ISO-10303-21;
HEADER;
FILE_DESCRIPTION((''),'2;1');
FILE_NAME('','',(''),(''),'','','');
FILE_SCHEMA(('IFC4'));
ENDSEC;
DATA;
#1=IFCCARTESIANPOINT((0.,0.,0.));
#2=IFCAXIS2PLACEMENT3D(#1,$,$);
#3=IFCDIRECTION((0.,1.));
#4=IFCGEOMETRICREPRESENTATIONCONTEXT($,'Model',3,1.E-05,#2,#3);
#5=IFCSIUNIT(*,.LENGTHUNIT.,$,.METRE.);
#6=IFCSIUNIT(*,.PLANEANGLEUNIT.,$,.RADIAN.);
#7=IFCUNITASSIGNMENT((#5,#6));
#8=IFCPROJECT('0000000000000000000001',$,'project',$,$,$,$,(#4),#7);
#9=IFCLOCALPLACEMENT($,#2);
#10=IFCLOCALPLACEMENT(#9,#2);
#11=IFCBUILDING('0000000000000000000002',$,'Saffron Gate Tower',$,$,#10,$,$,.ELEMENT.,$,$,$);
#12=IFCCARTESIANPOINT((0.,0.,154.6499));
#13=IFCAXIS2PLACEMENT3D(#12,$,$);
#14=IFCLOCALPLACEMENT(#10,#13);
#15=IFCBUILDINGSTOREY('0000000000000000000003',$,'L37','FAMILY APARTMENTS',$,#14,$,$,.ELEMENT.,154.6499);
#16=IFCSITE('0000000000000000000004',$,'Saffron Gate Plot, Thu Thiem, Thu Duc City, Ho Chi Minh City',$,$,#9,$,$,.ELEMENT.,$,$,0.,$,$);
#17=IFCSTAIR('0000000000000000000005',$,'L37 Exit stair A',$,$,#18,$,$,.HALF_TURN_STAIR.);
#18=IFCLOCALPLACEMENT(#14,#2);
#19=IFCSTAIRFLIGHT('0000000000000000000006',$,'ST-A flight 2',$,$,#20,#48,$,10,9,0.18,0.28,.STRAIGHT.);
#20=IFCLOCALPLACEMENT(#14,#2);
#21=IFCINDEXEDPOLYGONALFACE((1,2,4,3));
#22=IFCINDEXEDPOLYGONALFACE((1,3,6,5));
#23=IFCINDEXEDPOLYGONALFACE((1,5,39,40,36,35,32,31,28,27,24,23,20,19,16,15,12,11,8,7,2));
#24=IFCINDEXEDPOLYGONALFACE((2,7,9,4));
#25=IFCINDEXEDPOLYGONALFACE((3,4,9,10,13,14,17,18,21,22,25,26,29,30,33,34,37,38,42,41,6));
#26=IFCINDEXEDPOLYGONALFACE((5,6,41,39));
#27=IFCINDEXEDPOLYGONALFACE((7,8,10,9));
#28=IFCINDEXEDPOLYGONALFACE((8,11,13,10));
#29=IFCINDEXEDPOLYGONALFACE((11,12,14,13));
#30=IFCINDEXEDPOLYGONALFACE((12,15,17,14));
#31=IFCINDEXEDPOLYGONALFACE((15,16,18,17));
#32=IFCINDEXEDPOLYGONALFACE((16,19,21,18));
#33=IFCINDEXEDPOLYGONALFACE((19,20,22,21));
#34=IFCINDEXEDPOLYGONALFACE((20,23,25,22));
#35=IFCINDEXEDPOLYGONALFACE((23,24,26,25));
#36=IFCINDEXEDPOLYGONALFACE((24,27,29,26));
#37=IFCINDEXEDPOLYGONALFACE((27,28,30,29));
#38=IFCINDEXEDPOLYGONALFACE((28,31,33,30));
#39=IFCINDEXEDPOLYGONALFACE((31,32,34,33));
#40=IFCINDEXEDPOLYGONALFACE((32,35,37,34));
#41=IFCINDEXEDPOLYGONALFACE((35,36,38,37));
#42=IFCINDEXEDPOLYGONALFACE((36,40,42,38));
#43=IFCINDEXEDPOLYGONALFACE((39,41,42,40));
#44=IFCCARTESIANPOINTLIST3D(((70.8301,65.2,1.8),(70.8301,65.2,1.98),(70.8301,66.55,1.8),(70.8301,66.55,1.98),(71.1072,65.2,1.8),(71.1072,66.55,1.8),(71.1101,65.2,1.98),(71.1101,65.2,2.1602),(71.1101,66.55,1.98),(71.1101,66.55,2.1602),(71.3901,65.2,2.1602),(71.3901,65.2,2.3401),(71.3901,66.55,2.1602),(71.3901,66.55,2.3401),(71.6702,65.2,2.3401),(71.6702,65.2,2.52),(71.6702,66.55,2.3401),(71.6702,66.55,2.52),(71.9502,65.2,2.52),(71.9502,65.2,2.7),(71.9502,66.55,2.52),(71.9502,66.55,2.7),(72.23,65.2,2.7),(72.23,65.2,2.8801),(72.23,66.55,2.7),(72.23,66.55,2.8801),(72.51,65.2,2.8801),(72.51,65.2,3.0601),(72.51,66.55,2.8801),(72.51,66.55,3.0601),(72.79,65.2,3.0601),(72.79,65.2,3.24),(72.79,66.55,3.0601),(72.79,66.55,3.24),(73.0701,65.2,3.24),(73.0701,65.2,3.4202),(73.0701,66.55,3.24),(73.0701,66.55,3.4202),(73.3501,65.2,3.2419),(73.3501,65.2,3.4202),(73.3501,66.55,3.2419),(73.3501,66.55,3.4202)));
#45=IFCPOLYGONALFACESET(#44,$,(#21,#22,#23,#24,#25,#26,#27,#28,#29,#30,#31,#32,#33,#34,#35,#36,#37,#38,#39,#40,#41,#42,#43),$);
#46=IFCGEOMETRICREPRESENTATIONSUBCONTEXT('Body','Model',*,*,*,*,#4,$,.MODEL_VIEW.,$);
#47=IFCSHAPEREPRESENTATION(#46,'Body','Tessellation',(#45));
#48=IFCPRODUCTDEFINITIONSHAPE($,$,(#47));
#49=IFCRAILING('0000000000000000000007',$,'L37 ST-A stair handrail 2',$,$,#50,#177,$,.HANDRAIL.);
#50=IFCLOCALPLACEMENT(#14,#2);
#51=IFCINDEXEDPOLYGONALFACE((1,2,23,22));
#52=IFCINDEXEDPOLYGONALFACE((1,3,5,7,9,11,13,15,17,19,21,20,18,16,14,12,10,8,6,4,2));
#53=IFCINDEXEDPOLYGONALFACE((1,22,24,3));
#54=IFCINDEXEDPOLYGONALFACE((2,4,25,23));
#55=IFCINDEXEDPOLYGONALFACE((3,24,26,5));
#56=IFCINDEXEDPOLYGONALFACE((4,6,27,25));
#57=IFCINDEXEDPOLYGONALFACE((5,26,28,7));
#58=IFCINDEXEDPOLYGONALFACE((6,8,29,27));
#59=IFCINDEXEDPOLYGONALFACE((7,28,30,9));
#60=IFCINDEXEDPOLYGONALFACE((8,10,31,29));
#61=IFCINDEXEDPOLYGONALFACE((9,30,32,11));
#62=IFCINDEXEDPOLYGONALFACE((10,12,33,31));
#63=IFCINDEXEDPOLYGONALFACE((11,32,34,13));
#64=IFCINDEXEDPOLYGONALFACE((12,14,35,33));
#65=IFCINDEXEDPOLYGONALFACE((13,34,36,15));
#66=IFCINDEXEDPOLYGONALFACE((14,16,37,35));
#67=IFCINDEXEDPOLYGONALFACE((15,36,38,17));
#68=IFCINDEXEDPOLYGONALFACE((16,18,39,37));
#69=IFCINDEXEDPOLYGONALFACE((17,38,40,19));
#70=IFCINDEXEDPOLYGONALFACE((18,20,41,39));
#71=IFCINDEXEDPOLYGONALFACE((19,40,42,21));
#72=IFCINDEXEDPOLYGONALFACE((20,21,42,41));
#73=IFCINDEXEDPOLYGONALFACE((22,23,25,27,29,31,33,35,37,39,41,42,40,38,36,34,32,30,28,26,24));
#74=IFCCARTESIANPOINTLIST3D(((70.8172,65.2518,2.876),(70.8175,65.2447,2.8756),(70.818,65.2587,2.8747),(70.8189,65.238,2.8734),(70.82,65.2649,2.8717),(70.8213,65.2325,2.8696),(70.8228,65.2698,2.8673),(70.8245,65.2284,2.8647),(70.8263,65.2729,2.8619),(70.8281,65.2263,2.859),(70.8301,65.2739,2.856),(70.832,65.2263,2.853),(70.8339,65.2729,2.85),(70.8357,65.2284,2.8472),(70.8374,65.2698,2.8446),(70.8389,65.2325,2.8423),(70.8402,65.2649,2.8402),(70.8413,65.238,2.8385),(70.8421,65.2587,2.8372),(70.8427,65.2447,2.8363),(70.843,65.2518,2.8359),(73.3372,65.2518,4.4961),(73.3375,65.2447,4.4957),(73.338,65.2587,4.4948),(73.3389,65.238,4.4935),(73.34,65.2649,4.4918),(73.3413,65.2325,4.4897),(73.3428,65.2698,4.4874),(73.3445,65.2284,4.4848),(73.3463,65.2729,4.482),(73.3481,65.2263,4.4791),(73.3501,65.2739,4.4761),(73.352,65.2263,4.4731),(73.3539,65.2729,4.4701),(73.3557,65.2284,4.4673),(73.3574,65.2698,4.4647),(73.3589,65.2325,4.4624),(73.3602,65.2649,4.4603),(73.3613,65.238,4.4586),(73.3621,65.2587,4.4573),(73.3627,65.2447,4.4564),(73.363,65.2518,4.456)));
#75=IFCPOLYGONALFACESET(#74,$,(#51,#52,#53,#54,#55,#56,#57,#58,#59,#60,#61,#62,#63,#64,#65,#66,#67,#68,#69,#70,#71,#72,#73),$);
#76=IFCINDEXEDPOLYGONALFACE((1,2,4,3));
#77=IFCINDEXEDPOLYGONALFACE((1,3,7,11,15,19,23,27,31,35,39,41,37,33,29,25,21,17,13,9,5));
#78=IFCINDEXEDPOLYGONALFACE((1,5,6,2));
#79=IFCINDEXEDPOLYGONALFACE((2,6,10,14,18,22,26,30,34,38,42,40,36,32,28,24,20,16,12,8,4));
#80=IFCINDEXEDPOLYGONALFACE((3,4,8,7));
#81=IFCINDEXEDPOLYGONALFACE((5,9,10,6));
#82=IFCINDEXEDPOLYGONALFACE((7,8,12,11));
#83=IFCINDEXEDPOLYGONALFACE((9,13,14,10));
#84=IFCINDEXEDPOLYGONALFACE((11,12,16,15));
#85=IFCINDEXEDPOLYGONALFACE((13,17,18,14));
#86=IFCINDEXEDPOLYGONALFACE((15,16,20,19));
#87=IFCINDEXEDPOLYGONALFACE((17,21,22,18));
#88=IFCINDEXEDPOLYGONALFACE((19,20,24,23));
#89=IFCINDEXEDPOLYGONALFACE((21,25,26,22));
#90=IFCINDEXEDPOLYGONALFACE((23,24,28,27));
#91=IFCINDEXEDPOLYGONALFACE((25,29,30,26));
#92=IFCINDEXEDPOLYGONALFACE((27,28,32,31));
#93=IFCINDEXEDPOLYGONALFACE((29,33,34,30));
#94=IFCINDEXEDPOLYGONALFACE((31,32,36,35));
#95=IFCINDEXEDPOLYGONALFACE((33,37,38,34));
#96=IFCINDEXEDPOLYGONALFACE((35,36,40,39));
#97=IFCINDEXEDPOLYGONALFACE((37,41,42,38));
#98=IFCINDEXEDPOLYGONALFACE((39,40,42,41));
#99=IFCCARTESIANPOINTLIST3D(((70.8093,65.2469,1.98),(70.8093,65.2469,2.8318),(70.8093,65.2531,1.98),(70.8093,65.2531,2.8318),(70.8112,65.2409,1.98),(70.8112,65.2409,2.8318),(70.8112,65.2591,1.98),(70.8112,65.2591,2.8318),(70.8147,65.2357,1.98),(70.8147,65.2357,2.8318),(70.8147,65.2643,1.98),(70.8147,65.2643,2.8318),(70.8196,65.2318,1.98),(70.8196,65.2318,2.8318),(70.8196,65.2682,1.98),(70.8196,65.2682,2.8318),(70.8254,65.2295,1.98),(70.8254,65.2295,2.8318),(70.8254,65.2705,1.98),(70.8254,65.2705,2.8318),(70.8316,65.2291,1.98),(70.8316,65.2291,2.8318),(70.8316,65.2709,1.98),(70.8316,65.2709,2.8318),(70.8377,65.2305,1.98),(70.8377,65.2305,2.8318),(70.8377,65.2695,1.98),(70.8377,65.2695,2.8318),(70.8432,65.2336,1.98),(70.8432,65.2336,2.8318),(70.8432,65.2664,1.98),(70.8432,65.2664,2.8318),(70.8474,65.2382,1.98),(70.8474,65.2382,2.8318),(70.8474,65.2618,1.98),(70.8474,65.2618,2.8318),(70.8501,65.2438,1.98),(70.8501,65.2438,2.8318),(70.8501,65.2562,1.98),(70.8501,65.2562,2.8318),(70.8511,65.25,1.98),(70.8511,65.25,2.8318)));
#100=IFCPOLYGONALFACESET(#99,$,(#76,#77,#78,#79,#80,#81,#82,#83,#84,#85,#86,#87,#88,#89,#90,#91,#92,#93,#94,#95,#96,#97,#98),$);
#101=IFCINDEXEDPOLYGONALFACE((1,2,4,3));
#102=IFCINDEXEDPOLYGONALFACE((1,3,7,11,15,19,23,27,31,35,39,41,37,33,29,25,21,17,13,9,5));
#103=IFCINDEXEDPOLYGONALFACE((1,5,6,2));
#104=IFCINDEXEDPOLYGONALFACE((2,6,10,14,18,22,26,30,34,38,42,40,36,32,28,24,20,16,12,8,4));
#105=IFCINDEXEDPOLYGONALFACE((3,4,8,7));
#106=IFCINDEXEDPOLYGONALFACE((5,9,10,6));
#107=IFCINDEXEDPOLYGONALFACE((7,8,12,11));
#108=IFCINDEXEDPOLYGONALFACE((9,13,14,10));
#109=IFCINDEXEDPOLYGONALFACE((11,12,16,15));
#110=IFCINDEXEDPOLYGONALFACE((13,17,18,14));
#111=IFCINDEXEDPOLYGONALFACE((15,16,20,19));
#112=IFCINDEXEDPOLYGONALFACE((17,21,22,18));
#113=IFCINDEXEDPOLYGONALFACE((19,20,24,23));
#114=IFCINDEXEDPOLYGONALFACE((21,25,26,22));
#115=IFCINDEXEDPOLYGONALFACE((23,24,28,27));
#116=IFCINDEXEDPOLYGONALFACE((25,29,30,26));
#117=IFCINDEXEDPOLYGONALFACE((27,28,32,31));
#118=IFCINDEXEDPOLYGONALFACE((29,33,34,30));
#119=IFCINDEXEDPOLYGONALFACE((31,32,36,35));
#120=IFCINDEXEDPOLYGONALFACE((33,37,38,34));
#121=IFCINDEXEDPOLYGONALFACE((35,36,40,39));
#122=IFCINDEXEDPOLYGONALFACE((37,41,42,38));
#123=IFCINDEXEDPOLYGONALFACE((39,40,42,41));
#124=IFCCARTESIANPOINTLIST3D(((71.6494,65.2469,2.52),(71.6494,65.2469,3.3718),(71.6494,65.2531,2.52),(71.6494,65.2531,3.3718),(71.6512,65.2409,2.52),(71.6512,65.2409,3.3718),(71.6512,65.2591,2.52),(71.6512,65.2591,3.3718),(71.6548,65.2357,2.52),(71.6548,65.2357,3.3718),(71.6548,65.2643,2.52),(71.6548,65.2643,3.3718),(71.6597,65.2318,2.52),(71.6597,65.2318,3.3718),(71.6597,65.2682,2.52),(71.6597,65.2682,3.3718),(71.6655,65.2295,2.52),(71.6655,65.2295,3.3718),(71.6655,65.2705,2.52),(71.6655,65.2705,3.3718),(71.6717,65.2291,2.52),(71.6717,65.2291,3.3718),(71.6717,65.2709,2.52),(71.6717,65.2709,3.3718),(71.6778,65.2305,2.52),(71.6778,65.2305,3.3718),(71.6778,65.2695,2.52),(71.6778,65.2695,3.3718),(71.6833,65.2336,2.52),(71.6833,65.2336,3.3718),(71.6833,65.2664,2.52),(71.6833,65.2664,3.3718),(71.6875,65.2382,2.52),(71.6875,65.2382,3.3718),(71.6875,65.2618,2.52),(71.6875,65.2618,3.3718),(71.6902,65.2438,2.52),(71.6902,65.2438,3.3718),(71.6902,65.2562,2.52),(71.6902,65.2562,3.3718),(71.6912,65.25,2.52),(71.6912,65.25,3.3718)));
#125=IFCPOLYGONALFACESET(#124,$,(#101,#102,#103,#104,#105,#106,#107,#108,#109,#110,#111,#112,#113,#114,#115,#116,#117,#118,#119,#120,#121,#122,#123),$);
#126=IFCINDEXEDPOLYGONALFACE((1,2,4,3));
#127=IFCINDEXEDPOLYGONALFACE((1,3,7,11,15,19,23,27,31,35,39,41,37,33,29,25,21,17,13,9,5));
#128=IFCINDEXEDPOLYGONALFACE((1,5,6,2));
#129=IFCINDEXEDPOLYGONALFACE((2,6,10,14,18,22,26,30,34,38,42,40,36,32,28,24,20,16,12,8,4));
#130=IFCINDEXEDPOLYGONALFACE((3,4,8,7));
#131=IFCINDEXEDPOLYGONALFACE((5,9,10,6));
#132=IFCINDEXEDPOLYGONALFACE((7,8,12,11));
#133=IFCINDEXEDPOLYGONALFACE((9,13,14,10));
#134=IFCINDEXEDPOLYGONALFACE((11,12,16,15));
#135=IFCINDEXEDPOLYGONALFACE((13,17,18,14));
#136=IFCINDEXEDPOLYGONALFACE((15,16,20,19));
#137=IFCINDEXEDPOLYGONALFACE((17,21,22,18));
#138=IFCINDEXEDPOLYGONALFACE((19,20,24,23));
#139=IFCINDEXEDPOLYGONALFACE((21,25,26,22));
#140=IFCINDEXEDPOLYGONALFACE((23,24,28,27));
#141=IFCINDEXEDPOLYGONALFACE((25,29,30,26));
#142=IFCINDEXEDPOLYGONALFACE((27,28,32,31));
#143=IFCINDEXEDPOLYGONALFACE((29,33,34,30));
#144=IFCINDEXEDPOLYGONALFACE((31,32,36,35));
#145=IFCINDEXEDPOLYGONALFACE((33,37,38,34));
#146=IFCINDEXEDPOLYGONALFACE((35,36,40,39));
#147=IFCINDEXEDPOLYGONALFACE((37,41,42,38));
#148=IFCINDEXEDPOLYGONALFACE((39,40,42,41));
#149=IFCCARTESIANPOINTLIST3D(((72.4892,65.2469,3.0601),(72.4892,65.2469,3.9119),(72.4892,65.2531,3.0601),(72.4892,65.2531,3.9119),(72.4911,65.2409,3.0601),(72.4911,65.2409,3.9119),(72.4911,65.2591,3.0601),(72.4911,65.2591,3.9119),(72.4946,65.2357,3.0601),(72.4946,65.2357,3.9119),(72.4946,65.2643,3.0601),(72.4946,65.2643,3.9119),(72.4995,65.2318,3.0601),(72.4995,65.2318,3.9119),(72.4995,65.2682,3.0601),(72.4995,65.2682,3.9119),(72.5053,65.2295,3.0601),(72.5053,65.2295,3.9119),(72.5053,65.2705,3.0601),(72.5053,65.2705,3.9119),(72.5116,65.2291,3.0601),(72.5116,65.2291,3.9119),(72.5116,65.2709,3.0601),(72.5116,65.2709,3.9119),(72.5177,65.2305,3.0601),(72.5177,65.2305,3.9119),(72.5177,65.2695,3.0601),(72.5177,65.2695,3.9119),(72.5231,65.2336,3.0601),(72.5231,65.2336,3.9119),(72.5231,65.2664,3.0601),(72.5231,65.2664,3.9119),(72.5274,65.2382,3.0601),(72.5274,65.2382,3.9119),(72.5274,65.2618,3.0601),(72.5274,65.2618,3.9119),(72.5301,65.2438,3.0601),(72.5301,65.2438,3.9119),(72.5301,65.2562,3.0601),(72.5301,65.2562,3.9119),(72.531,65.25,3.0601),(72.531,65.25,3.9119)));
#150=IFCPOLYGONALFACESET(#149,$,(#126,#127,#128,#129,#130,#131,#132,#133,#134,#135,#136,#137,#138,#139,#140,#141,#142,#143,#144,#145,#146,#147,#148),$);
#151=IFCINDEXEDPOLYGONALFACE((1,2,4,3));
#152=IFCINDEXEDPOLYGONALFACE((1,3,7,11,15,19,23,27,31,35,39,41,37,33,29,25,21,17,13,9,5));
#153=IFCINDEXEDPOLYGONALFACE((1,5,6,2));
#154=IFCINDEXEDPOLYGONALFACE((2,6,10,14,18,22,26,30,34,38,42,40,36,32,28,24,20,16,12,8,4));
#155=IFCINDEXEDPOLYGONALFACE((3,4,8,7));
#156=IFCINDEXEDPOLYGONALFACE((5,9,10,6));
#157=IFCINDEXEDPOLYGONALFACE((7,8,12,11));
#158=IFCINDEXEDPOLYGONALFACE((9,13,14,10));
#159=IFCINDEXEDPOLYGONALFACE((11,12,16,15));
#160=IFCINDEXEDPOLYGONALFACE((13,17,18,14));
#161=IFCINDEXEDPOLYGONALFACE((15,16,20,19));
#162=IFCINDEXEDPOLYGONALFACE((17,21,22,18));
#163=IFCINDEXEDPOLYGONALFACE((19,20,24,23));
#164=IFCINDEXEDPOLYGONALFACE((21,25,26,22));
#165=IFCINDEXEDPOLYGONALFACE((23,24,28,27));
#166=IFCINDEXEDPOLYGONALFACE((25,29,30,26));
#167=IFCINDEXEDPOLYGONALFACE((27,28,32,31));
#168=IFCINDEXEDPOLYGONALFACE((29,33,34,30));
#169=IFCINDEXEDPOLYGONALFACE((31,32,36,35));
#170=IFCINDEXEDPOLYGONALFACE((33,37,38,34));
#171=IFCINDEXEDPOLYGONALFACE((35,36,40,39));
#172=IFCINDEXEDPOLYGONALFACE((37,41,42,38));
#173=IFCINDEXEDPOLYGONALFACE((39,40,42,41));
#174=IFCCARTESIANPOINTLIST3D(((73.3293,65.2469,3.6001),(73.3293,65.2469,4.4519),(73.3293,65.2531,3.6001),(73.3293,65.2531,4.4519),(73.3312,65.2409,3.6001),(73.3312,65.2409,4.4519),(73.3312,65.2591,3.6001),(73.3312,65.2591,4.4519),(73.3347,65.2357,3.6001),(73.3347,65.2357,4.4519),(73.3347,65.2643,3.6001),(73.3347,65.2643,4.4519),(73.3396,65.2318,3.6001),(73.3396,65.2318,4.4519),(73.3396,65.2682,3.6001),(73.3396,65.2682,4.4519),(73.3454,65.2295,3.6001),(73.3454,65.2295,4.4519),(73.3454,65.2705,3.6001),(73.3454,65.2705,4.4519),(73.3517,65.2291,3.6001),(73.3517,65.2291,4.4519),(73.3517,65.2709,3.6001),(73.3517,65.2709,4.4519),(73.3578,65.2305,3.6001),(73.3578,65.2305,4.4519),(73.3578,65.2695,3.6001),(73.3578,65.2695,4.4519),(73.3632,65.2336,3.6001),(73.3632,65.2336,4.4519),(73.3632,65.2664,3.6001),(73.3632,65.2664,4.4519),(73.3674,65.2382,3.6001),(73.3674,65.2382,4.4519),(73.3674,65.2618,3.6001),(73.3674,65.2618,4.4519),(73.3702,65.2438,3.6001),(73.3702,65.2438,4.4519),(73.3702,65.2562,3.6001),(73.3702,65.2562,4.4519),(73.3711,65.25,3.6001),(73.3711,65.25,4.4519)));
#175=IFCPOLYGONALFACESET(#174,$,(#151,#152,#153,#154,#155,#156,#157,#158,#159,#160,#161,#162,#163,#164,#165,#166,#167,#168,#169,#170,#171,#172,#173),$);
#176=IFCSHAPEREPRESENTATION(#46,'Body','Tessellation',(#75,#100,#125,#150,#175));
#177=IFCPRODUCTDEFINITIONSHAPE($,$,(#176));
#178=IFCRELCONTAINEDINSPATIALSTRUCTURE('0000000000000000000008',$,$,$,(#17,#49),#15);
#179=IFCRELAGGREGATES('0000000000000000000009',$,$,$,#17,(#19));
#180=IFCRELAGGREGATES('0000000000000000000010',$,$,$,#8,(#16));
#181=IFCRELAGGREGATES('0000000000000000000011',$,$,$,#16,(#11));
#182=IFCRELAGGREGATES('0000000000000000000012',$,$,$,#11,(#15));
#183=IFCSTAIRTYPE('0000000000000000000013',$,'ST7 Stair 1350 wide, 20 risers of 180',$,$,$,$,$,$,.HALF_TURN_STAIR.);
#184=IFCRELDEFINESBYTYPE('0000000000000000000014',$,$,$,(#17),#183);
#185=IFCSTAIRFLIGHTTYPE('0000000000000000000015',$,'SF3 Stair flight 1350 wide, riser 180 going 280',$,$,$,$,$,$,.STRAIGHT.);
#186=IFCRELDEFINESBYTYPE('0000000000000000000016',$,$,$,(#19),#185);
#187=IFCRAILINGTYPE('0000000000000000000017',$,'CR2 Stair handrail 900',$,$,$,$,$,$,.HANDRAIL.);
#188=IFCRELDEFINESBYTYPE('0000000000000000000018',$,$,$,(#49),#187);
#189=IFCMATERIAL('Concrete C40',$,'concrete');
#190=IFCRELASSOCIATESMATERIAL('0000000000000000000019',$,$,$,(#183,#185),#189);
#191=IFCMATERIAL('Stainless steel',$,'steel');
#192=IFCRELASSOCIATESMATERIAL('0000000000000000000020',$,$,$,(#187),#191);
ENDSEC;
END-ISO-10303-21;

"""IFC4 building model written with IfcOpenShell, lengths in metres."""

from ifc_helpers import new_model, si_unit, direction, frame, origin, origin_2d, place, context, subcontext, project, spatial, polyline, circle, outline, extrude, material, type_object, element, aggregate, save


model = new_model("IFC4")

# Units and contexts
model_context = context("Model", 3, precision=1e-05, world=origin(), true_north=direction((0.0, 1.0)))
body_context = subcontext(model_context, "Body", "Model", "MODEL_VIEW")
ifc_project = project(units=[si_unit("LENGTHUNIT", "METRE"), si_unit("PLANEANGLEUNIT", "RADIAN")], contexts=[model_context])

# Site, building, storey
site_placement = place(None, origin())
site = spatial("IfcSite", under=ifc_project, at=site_placement, Name="Saffron Gate Plot, Thu Thiem, Thu Duc City, Ho Chi Minh City", CompositionType="ELEMENT", RefElevation=0.0)
building_placement = place(site_placement, origin())
building = spatial("IfcBuilding", under=site, at=building_placement, Name="Saffron Gate Tower", CompositionType="ELEMENT")
storey_placement = place(building_placement, frame((0.0, 0.0, 154.6499)))
storey = spatial("IfcBuildingStorey", under=building, at=storey_placement, Name="L37", Description="FAMILY APARTMENTS", CompositionType="ELEMENT", Elevation=154.6499)

# Stair, stair flight
ifc_material_1 = material(Name="Concrete C40", Category="concrete")
stair_type = type_object("IfcStairType", Name="ST7 Stair 1350 wide, 20 risers of 180", PredefinedType="HALF_TURN_STAIR", material=ifc_material_1)
stair_placement = place(storey_placement, origin())
stair = element("IfcStair", 1, at=stair_placement, inside=storey, type_object=stair_type, Name="L37 Exit stair A", PredefinedType="HALF_TURN_STAIR")
stair_flight_type = type_object("IfcStairFlightType", Name="SF3 Stair flight 1350 wide, riser 180 going 280", PredefinedType="STRAIGHT", material=ifc_material_1)
stair_flight_placement = place(storey_placement, frame((70.8301, 65.875, 1.8), z_axis=(0.0, 0.0, 1.0), x_axis=(1.0, 0.0, 0.0)))
stair_flight = element("IfcStairFlight", 2, at=stair_flight_placement, type_object=stair_flight_type, Name="ST-A flight 2", NumberOfRisers=10, NumberOfTreads=9, PredefinedType="STRAIGHT", RiserHeight=0.18, TreadLength=0.28, context=body_context, shape_type="SweptSolid", body=[
    extrude(outline(polyline([(0.0, 0.0), (0.0, 0.1799), (0.28, 0.1799), (0.28, 0.3601), (0.5601, 0.3601), (0.5601, 0.54), (0.8401, 0.54), (0.8401, 0.72), (1.1201, 0.72), (1.1201, 0.8999), (1.3999, 0.8999), (1.3999, 1.0801), (1.6799, 1.0801), (1.6799, 1.26), (1.96, 1.26), (1.96, 1.4399), (2.24, 1.4399), (2.24, 1.6201), (2.52, 1.6201), (2.52, 1.8), (2.52, 1.4419), (0.2771, 0.0), (0.0, 0.0)])), frame((0.0, 0.675, 0.0), z_axis=(0.0, -1.0, 0.0), x_axis=(1.0, 0.0, 0.0)), (0.0, 0.0, 1.0), 1.3501),
])
aggregate(stair, [stair_flight])

# Railing
ifc_material_2 = material(Name="Stainless steel", Category="steel")
railing_type_1 = type_object("IfcRailingType", Name="CR2 Stair handrail 900", PredefinedType="HANDRAIL", material=ifc_material_2)
railing_1_placement = place(storey_placement, frame((70.8301, 65.25, 1.98)))
element("IfcRailing", 3, at=railing_1_placement, inside=storey, type_object=railing_type_1, Name="L37 ST-A stair handrail 2", PredefinedType="HANDRAIL", context=body_context, shape_type="SweptSolid", body=[
    extrude(circle(Radius=0.0239, at=origin_2d()), frame((0.0, 0.0, 0.876), z_axis=(0.841163, 0.0, 0.540782), x_axis=(0.0, 1.0, 0.0)), (0.0, 0.0, 1.0), 2.9958),
    extrude(circle(Radius=0.021, at=origin_2d()), origin(), (0.0, 0.0, 1.0), 0.8518),
    extrude(circle(Radius=0.021, at=origin_2d()), frame((0.8401, 0.0, 0.54)), (0.0, 0.0, 1.0), 0.8518),
    extrude(circle(Radius=0.021, at=origin_2d()), frame((1.6799, 0.0, 1.0801)), (0.0, 0.0, 1.0), 0.8518),
    extrude(circle(Radius=0.021, at=origin_2d()), frame((2.52, 0.0, 1.6201)), (0.0, 0.0, 1.0), 0.8518),
])

save(model, "model.ifc")
